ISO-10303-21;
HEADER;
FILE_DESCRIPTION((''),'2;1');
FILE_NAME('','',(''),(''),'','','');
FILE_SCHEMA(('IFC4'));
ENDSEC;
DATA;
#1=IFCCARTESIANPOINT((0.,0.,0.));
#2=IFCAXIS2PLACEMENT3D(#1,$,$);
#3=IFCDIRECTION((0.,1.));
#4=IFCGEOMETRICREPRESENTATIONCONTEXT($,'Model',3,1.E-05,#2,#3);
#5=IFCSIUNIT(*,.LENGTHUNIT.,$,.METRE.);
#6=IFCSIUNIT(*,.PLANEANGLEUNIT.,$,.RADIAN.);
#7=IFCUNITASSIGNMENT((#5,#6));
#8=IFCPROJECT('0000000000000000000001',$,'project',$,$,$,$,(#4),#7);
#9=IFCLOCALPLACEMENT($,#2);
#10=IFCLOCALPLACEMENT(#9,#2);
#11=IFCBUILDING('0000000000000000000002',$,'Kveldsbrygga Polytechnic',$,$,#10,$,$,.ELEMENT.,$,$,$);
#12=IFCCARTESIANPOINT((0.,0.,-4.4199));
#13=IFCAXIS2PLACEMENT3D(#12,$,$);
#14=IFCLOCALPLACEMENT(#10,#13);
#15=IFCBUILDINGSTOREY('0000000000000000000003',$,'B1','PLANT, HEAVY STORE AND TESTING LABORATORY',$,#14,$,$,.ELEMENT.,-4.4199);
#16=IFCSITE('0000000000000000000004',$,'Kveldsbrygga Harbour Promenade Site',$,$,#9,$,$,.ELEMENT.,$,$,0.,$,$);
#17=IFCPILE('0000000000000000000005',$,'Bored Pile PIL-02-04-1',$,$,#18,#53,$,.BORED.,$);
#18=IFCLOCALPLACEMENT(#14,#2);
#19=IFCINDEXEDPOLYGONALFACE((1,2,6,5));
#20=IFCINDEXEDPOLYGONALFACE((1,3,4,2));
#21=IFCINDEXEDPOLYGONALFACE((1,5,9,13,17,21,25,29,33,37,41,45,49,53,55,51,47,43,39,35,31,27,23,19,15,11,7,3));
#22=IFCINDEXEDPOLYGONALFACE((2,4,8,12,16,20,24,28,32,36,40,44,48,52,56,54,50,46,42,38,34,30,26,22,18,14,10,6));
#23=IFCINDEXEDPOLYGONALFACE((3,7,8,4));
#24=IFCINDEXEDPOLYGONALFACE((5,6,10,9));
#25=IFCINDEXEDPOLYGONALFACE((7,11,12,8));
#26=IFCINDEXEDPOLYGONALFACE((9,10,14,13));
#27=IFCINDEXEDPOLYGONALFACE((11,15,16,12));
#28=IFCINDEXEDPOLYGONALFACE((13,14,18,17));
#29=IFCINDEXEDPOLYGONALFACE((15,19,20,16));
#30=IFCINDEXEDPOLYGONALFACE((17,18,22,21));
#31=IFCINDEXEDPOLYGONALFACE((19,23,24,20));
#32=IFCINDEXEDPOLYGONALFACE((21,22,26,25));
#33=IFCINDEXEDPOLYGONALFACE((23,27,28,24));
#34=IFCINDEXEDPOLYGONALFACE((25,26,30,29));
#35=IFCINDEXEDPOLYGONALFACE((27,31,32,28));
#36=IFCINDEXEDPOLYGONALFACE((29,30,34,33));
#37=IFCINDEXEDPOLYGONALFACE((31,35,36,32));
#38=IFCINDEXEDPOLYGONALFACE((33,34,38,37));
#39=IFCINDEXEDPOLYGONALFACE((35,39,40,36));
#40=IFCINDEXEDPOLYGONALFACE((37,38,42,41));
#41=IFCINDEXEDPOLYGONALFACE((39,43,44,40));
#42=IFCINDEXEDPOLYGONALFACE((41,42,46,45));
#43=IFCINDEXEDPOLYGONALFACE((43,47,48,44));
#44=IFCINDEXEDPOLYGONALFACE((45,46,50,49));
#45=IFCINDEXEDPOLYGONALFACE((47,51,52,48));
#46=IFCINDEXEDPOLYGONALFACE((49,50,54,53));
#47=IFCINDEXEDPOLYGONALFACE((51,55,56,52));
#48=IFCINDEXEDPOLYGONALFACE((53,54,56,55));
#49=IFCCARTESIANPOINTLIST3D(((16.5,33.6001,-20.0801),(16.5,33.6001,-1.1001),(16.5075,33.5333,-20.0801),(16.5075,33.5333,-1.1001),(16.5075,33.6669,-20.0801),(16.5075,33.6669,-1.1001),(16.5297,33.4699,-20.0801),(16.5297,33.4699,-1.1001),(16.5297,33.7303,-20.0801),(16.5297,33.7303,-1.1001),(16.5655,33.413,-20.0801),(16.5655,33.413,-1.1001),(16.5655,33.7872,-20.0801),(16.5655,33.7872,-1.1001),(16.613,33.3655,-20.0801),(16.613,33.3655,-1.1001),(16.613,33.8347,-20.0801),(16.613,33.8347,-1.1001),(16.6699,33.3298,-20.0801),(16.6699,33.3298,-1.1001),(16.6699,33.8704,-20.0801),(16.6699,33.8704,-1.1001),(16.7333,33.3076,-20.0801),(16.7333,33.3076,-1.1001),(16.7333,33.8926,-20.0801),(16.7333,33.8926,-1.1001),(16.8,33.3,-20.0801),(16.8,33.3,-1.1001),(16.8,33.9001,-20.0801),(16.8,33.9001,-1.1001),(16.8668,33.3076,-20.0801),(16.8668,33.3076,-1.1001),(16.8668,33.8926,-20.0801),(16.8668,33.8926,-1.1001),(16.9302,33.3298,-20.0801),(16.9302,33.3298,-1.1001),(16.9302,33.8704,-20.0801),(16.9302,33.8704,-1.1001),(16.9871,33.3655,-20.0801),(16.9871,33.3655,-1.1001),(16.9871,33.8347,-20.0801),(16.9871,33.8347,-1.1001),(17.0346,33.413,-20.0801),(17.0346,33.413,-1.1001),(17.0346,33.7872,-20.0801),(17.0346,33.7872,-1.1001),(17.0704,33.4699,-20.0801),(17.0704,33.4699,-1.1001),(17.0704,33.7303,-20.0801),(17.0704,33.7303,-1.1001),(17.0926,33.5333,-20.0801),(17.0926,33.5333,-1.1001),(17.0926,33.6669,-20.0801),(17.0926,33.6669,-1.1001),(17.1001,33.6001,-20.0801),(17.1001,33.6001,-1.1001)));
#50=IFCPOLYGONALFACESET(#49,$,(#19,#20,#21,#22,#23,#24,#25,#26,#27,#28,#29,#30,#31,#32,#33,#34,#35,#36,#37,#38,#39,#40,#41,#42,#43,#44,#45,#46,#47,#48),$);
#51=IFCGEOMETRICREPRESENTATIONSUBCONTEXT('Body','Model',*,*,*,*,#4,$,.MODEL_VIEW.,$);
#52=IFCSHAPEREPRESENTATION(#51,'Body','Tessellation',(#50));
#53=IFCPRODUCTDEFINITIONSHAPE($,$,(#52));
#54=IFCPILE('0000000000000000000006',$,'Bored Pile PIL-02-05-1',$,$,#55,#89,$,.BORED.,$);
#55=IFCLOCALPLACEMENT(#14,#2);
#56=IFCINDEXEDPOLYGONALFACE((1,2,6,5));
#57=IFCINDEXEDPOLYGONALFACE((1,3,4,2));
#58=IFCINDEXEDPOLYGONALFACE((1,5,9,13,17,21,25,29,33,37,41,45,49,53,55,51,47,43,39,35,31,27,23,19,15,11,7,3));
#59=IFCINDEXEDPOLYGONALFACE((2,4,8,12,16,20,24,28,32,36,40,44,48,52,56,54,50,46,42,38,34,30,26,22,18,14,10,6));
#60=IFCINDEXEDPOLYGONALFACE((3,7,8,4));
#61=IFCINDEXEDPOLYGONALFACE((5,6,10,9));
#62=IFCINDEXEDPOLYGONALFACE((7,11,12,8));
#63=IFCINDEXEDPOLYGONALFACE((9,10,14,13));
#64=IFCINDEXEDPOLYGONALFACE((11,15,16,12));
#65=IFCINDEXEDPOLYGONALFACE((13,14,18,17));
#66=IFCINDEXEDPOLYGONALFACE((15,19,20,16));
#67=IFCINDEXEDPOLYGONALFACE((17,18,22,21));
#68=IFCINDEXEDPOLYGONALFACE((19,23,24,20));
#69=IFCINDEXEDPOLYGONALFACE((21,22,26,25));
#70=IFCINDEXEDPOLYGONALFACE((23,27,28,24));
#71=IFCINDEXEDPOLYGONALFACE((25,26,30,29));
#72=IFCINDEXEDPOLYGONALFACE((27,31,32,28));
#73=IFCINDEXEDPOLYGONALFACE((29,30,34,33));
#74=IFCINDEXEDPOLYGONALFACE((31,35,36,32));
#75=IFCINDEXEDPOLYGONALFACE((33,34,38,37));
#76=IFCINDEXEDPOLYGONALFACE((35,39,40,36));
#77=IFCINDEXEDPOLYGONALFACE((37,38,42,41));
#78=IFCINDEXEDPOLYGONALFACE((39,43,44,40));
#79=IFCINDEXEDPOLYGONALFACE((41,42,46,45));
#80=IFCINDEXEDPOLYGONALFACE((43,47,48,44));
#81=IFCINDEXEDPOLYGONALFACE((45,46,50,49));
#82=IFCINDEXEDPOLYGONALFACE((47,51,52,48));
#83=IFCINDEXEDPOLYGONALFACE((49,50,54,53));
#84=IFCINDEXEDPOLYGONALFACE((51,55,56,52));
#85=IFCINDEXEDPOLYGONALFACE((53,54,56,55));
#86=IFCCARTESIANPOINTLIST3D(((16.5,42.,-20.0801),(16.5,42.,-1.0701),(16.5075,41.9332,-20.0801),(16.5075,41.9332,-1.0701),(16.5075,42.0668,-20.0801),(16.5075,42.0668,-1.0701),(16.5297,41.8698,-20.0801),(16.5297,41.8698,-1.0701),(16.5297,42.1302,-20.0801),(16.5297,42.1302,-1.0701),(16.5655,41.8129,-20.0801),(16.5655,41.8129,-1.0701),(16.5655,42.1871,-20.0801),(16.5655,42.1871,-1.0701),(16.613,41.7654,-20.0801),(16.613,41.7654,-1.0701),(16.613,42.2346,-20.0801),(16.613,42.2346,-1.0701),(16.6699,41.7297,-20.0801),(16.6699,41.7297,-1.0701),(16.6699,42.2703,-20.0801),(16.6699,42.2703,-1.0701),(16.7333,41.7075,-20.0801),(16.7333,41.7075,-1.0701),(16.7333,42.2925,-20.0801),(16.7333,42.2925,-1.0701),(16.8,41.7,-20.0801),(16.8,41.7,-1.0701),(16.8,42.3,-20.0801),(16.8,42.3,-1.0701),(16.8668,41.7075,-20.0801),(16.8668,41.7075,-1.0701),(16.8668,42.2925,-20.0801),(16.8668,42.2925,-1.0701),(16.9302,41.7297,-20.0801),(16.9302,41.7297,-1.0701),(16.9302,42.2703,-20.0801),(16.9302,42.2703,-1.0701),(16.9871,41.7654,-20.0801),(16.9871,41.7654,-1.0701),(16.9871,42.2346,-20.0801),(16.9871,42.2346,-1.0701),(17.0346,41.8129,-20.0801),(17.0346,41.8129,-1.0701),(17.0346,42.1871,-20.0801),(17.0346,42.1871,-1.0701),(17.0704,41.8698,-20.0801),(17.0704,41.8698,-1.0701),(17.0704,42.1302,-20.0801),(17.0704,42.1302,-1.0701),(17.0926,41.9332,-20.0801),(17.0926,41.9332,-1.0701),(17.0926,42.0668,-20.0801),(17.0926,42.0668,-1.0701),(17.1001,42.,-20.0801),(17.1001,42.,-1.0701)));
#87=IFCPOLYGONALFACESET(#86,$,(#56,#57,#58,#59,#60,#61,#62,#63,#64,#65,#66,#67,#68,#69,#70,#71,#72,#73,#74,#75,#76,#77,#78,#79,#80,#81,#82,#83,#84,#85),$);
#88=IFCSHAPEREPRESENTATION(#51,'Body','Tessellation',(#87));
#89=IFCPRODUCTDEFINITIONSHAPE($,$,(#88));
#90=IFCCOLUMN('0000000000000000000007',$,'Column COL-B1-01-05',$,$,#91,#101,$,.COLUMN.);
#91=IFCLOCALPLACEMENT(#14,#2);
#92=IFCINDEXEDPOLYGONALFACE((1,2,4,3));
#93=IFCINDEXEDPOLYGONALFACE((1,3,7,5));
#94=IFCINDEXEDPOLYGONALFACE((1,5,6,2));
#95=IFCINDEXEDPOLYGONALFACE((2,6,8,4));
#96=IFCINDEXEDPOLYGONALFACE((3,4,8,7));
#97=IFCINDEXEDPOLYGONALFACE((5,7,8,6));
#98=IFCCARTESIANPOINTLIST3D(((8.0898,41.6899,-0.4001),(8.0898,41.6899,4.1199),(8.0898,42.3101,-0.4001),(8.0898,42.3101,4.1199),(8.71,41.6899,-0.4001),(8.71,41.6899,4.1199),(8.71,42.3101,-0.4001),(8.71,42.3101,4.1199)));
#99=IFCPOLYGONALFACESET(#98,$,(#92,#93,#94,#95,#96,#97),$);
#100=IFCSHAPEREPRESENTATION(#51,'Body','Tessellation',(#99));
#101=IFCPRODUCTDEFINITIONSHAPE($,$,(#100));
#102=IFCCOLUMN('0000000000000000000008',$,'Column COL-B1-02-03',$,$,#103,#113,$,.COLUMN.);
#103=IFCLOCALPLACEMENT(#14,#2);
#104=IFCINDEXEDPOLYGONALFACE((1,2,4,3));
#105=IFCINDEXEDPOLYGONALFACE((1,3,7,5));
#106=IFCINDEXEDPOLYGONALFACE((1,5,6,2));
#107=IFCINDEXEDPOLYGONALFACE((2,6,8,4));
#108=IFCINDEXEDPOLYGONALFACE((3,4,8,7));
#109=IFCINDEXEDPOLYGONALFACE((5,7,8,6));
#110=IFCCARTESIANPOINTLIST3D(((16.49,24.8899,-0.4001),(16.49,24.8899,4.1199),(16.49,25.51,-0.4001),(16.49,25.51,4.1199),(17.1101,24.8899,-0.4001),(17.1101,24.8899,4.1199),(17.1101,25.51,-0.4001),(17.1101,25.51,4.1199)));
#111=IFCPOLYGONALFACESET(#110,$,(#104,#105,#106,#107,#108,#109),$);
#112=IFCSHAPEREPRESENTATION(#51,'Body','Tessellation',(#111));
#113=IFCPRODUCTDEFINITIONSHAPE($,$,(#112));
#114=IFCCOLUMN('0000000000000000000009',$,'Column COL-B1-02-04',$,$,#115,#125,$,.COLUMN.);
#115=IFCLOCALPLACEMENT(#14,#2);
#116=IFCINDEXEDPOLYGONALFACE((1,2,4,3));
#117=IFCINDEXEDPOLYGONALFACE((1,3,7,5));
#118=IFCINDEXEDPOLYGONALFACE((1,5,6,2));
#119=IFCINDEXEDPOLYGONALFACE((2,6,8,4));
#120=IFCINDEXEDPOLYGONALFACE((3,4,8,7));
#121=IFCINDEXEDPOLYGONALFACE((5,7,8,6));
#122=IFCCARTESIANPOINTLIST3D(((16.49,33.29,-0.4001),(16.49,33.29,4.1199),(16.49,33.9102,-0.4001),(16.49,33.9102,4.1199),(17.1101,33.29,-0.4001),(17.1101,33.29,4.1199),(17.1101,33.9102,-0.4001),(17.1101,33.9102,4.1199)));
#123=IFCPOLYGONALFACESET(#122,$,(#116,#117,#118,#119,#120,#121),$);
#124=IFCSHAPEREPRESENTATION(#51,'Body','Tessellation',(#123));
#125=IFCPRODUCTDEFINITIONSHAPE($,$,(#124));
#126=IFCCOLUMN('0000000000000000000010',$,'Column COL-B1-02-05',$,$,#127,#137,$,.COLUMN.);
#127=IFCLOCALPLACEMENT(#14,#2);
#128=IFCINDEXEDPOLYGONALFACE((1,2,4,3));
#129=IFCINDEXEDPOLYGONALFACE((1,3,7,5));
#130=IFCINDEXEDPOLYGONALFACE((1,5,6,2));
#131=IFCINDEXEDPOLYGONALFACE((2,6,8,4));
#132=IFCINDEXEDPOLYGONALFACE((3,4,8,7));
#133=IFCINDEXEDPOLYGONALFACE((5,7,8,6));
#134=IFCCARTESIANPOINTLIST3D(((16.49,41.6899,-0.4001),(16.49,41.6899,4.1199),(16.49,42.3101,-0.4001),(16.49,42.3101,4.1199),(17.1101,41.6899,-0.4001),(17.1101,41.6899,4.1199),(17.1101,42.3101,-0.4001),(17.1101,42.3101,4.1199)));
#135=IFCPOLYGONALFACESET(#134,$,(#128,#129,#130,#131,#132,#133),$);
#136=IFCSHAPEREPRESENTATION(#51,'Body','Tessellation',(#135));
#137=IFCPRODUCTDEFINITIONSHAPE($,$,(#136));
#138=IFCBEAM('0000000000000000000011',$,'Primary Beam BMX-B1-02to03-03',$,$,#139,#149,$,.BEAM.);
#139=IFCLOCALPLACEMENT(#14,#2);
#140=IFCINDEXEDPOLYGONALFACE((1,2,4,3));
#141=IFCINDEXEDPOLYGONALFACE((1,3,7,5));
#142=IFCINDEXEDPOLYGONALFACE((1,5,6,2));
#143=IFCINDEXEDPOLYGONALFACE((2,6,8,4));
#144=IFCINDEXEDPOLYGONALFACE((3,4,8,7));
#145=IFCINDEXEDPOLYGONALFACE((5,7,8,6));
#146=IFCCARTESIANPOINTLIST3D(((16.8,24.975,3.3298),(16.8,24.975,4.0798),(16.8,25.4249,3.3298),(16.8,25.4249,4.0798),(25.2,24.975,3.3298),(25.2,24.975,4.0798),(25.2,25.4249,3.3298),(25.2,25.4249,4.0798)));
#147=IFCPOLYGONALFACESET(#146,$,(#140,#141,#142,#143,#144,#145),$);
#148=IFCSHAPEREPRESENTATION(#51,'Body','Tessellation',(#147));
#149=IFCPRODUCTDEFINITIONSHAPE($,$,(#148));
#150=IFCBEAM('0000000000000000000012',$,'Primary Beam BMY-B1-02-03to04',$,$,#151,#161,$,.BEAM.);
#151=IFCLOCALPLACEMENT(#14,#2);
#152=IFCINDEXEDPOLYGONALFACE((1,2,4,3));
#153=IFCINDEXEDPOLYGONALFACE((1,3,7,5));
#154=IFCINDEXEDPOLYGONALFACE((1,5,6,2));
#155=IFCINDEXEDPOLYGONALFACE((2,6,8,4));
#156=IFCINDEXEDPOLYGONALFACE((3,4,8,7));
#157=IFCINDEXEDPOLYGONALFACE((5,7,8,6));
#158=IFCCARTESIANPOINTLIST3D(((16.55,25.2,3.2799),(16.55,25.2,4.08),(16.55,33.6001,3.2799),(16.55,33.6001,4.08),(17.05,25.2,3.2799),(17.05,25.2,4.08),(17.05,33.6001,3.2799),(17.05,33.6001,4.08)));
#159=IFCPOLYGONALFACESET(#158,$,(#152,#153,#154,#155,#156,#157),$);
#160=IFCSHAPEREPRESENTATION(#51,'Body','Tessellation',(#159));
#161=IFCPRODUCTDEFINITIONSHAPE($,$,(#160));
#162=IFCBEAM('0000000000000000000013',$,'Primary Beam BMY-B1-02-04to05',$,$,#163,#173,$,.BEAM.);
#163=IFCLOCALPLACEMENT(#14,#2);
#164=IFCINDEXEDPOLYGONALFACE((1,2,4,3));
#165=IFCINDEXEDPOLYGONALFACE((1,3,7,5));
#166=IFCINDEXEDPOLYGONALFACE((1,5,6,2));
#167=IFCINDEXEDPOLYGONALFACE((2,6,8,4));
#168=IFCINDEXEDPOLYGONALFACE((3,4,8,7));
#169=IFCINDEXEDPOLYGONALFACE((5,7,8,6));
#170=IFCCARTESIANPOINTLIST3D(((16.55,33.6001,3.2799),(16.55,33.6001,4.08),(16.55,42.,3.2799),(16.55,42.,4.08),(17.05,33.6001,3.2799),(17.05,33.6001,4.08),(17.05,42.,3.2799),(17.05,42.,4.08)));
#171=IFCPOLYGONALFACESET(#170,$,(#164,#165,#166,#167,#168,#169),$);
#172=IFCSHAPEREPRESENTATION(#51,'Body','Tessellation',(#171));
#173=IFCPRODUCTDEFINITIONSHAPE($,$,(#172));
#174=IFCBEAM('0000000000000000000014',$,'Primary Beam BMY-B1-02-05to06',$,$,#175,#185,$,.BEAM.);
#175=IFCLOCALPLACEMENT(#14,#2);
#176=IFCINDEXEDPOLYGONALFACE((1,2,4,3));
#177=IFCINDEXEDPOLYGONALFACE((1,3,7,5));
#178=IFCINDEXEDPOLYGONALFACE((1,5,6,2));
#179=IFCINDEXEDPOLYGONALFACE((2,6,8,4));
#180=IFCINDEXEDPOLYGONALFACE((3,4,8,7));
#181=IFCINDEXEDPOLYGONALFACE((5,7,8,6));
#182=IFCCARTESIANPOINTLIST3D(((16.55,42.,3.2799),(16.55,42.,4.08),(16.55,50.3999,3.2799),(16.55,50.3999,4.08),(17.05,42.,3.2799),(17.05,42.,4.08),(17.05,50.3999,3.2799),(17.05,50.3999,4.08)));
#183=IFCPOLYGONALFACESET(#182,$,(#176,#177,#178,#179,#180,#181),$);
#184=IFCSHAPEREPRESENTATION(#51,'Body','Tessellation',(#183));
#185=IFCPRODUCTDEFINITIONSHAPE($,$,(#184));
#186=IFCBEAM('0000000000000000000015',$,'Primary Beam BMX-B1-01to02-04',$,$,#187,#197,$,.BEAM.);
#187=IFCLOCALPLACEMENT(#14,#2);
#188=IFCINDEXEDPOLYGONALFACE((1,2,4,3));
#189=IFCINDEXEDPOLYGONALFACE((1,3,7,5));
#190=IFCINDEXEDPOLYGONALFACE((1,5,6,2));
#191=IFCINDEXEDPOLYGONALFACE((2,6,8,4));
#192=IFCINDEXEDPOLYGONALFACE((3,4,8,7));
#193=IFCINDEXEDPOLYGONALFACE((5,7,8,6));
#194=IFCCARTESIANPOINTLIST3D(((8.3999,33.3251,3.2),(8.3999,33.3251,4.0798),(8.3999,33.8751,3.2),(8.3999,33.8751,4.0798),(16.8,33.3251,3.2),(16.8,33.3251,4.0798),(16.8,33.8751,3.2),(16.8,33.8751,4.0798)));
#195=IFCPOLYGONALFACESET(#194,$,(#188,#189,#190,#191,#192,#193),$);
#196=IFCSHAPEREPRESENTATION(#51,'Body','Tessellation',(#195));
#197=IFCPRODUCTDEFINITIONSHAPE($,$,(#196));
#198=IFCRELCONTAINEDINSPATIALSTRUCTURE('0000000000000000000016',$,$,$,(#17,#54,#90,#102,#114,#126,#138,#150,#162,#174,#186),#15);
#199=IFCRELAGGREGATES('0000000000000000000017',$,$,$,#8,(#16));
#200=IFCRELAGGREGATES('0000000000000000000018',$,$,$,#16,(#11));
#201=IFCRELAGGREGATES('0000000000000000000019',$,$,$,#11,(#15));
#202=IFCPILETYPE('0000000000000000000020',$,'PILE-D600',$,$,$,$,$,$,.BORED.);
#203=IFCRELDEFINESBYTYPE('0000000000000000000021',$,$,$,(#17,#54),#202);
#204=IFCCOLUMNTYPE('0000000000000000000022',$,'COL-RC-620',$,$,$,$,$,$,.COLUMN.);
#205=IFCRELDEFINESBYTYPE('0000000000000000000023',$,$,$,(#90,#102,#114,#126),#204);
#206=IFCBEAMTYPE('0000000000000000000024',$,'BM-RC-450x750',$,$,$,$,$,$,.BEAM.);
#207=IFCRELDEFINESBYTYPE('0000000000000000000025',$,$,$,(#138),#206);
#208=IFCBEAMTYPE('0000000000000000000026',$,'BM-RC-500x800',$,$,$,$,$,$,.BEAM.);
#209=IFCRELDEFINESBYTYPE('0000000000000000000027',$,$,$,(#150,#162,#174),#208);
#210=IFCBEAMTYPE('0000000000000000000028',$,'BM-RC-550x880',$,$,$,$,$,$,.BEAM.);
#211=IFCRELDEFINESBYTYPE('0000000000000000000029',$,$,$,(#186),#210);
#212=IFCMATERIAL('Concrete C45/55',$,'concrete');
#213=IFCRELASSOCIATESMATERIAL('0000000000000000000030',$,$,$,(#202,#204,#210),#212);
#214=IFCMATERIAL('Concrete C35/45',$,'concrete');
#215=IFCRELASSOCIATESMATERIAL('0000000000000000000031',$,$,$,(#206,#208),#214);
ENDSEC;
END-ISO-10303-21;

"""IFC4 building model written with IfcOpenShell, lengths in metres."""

from ifc_helpers import new_model, si_unit, direction, frame, origin, origin_2d, place, context, subcontext, project, spatial, rectangle, circle, extrude, material, material_profile, profile_set, type_object, element, save


model = new_model("IFC4")

# Units and contexts
model_context = context("Model", 3, precision=1e-05, world=origin(), true_north=direction((0.0, 1.0)))
body_context = subcontext(model_context, "Body", "Model", "MODEL_VIEW")
ifc_project = project(units=[si_unit("LENGTHUNIT", "METRE"), si_unit("PLANEANGLEUNIT", "RADIAN")], contexts=[model_context])

# Site, building, storey
site_placement = place(None, origin())
site = spatial("IfcSite", under=ifc_project, at=site_placement, Name="Kveldsbrygga Harbour Promenade Site", CompositionType="ELEMENT", RefElevation=0.0)
building_placement = place(site_placement, origin())
building = spatial("IfcBuilding", under=site, at=building_placement, Name="Kveldsbrygga Polytechnic", CompositionType="ELEMENT")
storey_placement = place(building_placement, frame((0.0, 0.0, -4.4199)))
storey = spatial("IfcBuildingStorey", under=building, at=storey_placement, Name="B1", Description="PLANT, HEAVY STORE AND TESTING LABORATORY", CompositionType="ELEMENT", Elevation=-4.4199)

# Shared definitions
ifc_material_1 = material(Name="Concrete C45/55", Category="concrete")
ifc_material_2 = material(Name="Concrete C35/45", Category="concrete")

# Piles
ifc_material_profile_1 = material_profile(ifc_material_1, circle(Radius=0.3, at=origin_2d()), Name="PILE D600")
ifc_profile_set_1 = profile_set([ifc_material_profile_1], Name="Concrete C45/55")
pile_type = type_object("IfcPileType", Name="PILE-D600", PredefinedType="BORED", material=ifc_profile_set_1)
pile_1_placement = place(storey_placement, frame((16.8, 33.6001, -1.1001), z_axis=(0.0, 0.0, -1.0), x_axis=(1.0, 0.0, 0.0)))
element("IfcPile", 1, at=pile_1_placement, inside=storey, type_object=pile_type, Name="Bored Pile PIL-02-04-1", PredefinedType="BORED", context=body_context, shape_type="SweptSolid", body=[
    extrude(circle(Radius=0.3, at=origin_2d()), origin(), (0.0, 0.0, 1.0), 18.98),
])
pile_2_placement = place(storey_placement, frame((16.8, 42.0, -1.0701), z_axis=(0.0, 0.0, -1.0), x_axis=(1.0, 0.0, 0.0)))
element("IfcPile", 2, at=pile_2_placement, inside=storey, type_object=pile_type, Name="Bored Pile PIL-02-05-1", PredefinedType="BORED", context=body_context, shape_type="SweptSolid", body=[
    extrude(circle(Radius=0.3, at=origin_2d()), origin(), (0.0, 0.0, 1.0), 19.01),
])

# Columns
ifc_material_profile_2 = material_profile(ifc_material_1, rectangle(XDim=0.6201, YDim=0.6201, at=origin_2d()), Name="RC 620x620")
ifc_profile_set_2 = profile_set([ifc_material_profile_2], Name="Concrete C45/55")
column_type = type_object("IfcColumnType", Name="COL-RC-620", PredefinedType="COLUMN", material=ifc_profile_set_2)
for number, where, z_axis, x_axis, name in (
    (3, (8.3999, 42.0, -0.4001), (0.0, 0.0, 1.0), (1.0, 0.0, 0.0), "Column COL-B1-01-05"),
    (4, (16.8, 25.2, -0.4001), (0.0, 0.0, 1.0), (1.0, 0.0, 0.0), "Column COL-B1-02-03"),
    (5, (16.8, 33.6001, -0.4001), (0.0, 0.0, 1.0), (1.0, 0.0, 0.0), "Column COL-B1-02-04"),
    (6, (16.8, 42.0, -0.4001), (0.0, 0.0, 1.0), (1.0, 0.0, 0.0), "Column COL-B1-02-05"),
):
    element("IfcColumn", number, at=place(storey_placement, frame(where, z_axis=z_axis, x_axis=x_axis)), inside=storey, type_object=column_type, Name=name, PredefinedType="COLUMN", context=body_context, shape_type="SweptSolid", body=[
        extrude(rectangle(XDim=0.6201, YDim=0.6201, at=origin_2d()), origin(), (0.0, 0.0, 1.0), 4.52),
    ])

# Beams
ifc_material_profile_3 = material_profile(ifc_material_2, rectangle(XDim=0.45, YDim=0.75, at=origin_2d()), Name="RC 450x750")
ifc_profile_set_3 = profile_set([ifc_material_profile_3], Name="Concrete C35/45")
beam_type_1 = type_object("IfcBeamType", Name="BM-RC-450x750", PredefinedType="BEAM", material=ifc_profile_set_3)
beam_1_placement = place(storey_placement, frame((16.8, 25.2, 3.7048), z_axis=(1.0, 0.0, 0.0), x_axis=(0.0, 1.0, 0.0)))
element("IfcBeam", 7, at=beam_1_placement, inside=storey, type_object=beam_type_1, Name="Primary Beam BMX-B1-02to03-03", PredefinedType="BEAM", context=body_context, shape_type="SweptSolid", body=[
    extrude(rectangle(XDim=0.45, YDim=0.75, at=origin_2d()), origin(), (0.0, 0.0, 1.0), 8.3999),
])
ifc_material_profile_4 = material_profile(ifc_material_2, rectangle(XDim=0.5, YDim=0.8, at=origin_2d()), Name="RC 500x800")
ifc_profile_set_4 = profile_set([ifc_material_profile_4], Name="Concrete C35/45")
beam_type_2 = type_object("IfcBeamType", Name="BM-RC-500x800", PredefinedType="BEAM", material=ifc_profile_set_4)
beam_2_placement = place(storey_placement, frame((16.8, 25.2, 3.6799), z_axis=(0.0, 1.0, 0.0), x_axis=(-1.0, 0.0, 0.0)))
element("IfcBeam", 8, at=beam_2_placement, inside=storey, type_object=beam_type_2, Name="Primary Beam BMY-B1-02-03to04", PredefinedType="BEAM", context=body_context, shape_type="SweptSolid", body=[
    extrude(rectangle(XDim=0.5, YDim=0.8, at=origin_2d()), origin(), (0.0, 0.0, 1.0), 8.4001),
])
for number, where, z_axis, x_axis, name in (
    (9, (16.8, 33.6001, 3.6799), (0.0, 1.0, 0.0), (-1.0, 0.0, 0.0), "Primary Beam BMY-B1-02-04to05"),
    (10, (16.8, 42.0, 3.6799), (0.0, 1.0, 0.0), (-1.0, 0.0, 0.0), "Primary Beam BMY-B1-02-05to06"),
):
    element("IfcBeam", number, at=place(storey_placement, frame(where, z_axis=z_axis, x_axis=x_axis)), inside=storey, type_object=beam_type_2, Name=name, PredefinedType="BEAM", context=body_context, shape_type="SweptSolid", body=[
        extrude(rectangle(XDim=0.5, YDim=0.8, at=origin_2d()), origin(), (0.0, 0.0, 1.0), 8.3999),
    ])
ifc_material_profile_5 = material_profile(ifc_material_1, rectangle(XDim=0.55, YDim=0.8799, at=origin_2d()), Name="RC 550x880")
ifc_profile_set_5 = profile_set([ifc_material_profile_5], Name="Concrete C45/55")
beam_type_3 = type_object("IfcBeamType", Name="BM-RC-550x880", PredefinedType="BEAM", material=ifc_profile_set_5)
beam_3_placement = place(storey_placement, frame((8.3999, 33.6001, 3.6399), z_axis=(1.0, 0.0, 0.0), x_axis=(0.0, 1.0, 0.0)))
element("IfcBeam", 11, at=beam_3_placement, inside=storey, type_object=beam_type_3, Name="Primary Beam BMX-B1-01to02-04", PredefinedType="BEAM", context=body_context, shape_type="SweptSolid", body=[
    extrude(rectangle(XDim=0.55, YDim=0.8799, at=origin_2d()), origin(), (0.0, 0.0, 1.0), 8.4001),
])

save(model, "model.ifc")
